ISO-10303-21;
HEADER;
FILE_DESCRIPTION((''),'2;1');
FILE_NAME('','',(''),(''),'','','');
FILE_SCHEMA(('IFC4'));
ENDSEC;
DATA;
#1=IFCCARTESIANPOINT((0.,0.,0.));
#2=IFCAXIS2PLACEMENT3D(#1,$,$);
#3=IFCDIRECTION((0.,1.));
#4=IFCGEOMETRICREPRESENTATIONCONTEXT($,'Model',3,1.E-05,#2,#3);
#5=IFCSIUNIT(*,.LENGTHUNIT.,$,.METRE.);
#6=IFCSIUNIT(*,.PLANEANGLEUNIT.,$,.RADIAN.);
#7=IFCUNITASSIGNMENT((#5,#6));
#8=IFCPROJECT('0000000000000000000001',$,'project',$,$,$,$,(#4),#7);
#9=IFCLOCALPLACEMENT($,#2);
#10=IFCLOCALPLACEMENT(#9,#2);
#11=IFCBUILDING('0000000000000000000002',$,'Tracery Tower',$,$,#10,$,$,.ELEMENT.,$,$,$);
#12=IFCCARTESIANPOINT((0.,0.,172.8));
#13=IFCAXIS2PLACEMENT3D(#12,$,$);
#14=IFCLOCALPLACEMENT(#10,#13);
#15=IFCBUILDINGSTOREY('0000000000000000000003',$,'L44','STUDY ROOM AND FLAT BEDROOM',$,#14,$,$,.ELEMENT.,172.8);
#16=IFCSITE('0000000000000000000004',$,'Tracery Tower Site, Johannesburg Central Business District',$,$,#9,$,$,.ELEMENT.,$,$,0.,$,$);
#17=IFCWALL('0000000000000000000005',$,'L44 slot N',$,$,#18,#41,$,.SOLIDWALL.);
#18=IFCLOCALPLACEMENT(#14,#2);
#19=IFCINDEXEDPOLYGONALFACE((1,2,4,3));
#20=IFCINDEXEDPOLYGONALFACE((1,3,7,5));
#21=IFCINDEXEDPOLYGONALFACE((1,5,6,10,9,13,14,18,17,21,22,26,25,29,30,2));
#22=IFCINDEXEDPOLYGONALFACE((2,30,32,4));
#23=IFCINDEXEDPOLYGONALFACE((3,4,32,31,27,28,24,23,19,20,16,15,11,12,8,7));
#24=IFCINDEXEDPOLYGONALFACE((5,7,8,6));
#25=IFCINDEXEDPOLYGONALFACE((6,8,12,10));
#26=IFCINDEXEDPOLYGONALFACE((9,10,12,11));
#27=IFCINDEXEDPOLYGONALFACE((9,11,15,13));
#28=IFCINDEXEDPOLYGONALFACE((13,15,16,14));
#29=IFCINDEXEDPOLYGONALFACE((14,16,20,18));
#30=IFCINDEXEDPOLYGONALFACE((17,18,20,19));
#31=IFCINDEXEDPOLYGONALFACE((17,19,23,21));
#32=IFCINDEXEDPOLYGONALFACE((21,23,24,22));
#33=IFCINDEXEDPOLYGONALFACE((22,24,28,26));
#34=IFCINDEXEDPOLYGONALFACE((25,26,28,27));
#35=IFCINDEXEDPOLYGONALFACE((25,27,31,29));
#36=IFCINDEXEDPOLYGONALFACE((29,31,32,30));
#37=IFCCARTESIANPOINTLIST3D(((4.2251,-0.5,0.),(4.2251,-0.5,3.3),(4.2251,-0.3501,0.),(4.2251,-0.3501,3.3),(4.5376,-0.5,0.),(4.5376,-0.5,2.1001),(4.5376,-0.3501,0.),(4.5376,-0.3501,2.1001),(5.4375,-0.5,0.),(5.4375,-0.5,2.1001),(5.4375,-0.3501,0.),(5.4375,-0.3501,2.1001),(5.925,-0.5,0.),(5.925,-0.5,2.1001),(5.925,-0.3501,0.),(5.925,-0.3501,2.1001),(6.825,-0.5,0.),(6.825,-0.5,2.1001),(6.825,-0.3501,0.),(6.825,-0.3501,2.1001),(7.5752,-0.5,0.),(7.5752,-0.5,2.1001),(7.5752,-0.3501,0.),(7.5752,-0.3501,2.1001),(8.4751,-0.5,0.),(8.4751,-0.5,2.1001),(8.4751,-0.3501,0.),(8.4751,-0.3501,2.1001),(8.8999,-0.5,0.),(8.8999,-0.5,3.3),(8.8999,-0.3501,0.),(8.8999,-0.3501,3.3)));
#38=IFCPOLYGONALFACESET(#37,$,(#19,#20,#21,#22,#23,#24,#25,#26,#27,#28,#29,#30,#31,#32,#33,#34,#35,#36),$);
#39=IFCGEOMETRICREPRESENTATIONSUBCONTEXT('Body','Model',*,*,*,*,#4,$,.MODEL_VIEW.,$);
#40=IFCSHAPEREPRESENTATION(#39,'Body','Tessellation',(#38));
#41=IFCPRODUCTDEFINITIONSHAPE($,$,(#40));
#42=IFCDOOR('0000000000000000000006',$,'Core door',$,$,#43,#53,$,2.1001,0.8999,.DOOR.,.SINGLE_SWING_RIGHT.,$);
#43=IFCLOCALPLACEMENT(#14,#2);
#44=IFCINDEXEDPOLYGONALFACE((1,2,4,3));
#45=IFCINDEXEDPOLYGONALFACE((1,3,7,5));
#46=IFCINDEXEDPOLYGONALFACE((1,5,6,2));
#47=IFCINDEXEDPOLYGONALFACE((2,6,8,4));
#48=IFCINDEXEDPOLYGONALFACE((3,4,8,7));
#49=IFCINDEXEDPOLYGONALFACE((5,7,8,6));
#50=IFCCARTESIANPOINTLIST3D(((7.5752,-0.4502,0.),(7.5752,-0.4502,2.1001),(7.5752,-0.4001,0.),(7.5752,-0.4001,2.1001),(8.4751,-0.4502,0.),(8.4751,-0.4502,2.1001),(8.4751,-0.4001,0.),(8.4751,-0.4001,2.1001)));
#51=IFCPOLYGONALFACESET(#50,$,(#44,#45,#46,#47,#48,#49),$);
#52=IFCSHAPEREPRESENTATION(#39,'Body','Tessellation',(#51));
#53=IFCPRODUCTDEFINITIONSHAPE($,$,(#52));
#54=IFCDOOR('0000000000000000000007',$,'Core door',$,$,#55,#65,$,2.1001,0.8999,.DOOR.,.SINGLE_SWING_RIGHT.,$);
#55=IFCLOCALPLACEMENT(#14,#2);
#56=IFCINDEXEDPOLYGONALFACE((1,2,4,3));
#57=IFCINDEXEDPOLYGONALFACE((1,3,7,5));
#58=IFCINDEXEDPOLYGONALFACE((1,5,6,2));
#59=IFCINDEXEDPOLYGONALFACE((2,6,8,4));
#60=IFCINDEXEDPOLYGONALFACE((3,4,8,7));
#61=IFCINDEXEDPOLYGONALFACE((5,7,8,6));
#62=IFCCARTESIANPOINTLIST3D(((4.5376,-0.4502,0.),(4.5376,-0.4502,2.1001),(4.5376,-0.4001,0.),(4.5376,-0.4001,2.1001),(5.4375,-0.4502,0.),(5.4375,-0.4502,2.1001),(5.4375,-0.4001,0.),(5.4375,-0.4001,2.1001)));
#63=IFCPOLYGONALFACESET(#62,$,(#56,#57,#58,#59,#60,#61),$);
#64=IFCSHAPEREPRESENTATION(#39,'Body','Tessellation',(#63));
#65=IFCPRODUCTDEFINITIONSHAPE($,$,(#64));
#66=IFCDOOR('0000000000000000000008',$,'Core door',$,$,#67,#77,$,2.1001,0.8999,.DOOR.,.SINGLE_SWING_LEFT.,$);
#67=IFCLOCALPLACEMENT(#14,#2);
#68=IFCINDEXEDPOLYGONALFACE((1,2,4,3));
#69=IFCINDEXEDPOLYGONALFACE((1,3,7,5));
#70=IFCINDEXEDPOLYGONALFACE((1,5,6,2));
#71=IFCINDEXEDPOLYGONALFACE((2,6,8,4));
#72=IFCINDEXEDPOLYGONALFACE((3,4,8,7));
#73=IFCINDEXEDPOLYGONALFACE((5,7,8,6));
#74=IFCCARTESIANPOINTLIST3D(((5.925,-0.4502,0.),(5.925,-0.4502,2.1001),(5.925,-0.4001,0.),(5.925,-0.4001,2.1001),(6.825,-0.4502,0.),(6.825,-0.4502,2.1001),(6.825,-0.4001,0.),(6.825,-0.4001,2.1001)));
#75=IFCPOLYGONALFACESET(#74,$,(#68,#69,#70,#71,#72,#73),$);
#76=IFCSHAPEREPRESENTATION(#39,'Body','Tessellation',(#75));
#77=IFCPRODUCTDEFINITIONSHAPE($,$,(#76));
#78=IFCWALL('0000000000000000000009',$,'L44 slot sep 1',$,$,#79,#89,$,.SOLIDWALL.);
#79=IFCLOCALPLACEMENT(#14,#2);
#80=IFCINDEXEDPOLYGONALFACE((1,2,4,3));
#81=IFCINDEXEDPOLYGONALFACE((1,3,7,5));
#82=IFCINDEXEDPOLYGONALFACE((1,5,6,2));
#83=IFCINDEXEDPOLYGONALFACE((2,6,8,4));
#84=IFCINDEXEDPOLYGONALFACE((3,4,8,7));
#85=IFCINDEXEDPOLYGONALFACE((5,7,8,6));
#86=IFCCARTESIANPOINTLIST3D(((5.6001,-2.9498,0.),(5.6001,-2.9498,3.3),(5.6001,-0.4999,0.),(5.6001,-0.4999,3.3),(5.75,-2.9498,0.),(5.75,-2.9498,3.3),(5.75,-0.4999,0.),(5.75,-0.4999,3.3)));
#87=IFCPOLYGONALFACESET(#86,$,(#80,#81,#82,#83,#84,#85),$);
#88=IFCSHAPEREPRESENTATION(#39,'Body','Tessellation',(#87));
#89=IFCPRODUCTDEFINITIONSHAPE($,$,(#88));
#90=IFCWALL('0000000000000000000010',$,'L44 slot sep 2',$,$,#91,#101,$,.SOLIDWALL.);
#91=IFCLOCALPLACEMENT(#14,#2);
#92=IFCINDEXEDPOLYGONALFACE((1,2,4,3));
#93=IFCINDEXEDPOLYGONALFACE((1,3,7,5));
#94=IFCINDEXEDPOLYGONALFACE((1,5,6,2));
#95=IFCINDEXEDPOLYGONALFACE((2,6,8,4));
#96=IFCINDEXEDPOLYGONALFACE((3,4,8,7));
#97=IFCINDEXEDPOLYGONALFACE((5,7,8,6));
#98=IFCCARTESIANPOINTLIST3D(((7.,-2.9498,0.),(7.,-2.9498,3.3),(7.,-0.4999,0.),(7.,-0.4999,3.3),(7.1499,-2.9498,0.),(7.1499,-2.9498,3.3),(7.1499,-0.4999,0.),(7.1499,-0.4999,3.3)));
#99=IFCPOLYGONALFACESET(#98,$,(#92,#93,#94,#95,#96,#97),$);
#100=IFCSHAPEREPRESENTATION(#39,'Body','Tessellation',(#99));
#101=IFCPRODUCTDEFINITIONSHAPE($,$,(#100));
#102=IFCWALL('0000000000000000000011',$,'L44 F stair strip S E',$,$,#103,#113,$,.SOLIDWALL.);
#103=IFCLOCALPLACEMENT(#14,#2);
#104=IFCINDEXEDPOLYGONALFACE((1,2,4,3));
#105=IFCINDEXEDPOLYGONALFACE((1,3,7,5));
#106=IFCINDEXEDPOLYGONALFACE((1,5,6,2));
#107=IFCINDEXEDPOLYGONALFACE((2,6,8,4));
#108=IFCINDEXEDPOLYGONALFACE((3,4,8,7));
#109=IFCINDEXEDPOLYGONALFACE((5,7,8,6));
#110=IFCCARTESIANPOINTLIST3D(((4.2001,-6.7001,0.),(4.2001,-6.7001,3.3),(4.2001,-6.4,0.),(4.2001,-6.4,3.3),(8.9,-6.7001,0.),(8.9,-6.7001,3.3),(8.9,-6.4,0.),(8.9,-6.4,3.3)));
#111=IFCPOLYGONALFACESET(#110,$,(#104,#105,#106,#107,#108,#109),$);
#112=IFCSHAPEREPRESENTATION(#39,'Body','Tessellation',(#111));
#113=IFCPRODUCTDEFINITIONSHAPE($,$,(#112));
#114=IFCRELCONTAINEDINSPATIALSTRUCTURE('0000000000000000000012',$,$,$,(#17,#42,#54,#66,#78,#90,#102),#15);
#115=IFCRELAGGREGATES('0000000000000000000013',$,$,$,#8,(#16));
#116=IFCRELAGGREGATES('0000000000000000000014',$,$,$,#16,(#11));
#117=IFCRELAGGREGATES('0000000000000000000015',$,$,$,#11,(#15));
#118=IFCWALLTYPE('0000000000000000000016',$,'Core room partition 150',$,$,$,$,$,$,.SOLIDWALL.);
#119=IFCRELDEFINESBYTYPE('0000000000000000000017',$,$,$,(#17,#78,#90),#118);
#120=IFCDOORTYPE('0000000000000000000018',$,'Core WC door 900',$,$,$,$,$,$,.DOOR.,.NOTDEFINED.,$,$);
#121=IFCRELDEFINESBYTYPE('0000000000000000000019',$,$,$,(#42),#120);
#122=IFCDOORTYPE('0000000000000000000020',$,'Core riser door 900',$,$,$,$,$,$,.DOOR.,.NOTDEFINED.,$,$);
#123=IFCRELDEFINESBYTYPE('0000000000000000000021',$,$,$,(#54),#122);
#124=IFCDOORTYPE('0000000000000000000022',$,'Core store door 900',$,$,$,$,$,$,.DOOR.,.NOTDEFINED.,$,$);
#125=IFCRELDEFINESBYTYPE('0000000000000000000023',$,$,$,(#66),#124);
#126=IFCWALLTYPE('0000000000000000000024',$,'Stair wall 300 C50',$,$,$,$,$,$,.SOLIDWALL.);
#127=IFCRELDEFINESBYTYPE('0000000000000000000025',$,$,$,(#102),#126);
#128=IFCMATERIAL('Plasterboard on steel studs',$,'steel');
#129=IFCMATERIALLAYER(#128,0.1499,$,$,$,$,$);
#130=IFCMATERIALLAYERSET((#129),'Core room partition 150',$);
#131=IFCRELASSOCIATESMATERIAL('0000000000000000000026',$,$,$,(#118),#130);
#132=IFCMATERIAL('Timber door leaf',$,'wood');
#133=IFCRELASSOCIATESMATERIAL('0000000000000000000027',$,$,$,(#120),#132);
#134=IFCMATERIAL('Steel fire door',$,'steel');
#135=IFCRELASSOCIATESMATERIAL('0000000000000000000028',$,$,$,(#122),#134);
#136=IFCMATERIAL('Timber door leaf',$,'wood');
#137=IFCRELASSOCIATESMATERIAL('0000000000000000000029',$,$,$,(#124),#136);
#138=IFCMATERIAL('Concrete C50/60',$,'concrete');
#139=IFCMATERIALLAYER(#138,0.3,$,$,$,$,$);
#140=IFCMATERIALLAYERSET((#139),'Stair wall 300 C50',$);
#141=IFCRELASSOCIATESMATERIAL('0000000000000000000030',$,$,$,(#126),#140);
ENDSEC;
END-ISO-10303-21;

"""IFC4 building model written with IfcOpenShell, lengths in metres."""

from ifc_helpers import new_model, si_unit, direction, frame, frame_2d, origin, place, context, subcontext, project, spatial, rectangle, extrude, material, layer, layer_set, type_object, element, fill, save


model = new_model("IFC4")

# Units and contexts
model_context = context("Model", 3, precision=1e-05, world=origin(), true_north=direction((0.0, 1.0)))
body_context = subcontext(model_context, "Body", "Model", "MODEL_VIEW")
ifc_project = project(units=[si_unit("LENGTHUNIT", "METRE"), si_unit("PLANEANGLEUNIT", "RADIAN")], contexts=[model_context])

# Site, building, storey
site_placement = place(None, origin())
site = spatial("IfcSite", under=ifc_project, at=site_placement, Name="Tracery Tower Site, Johannesburg Central Business District", CompositionType="ELEMENT", RefElevation=0.0)
building_placement = place(site_placement, origin())
building = spatial("IfcBuilding", under=site, at=building_placement, Name="Tracery Tower", CompositionType="ELEMENT")
storey_placement = place(building_placement, frame((0.0, 0.0, 172.8)))
storey = spatial("IfcBuildingStorey", under=building, at=storey_placement, Name="L44", Description="STUDY ROOM AND FLAT BEDROOM", CompositionType="ELEMENT", Elevation=172.8)

# Shared definitions
ifc_material_1 = material(Name="Plasterboard on steel studs", Category="steel")
ifc_layer_1 = layer(ifc_material_1, 0.1499)
ifc_layer_set_1 = layer_set([ifc_layer_1], Name="Core room partition 150")
wall_type_1 = type_object("IfcWallType", Name="Core room partition 150", PredefinedType="SOLIDWALL", material=ifc_layer_set_1)

# Wall, openings, doors
wall_1_placement = place(storey_placement, frame((4.2251, -0.425, 0.0), z_axis=(0.0, 0.0, 1.0), x_axis=(1.0, 0.0, 0.0)))
wall_1 = element("IfcWall", 1, at=wall_1_placement, inside=storey, type_object=wall_type_1, Name="L44 slot N", PredefinedType="SOLIDWALL", context=body_context, shape_type="SweptSolid", body=[
    extrude(rectangle(XDim=4.6748, YDim=0.1499, at=frame_2d((2.3374, 0.0))), origin(), (0.0, 0.0, 1.0), 3.3),
])
opening_1_placement = place(wall_1_placement, frame((0.3125, 0.0, 0.0)))
opening_1 = element("IfcOpeningElement", 2, at=opening_1_placement, cuts=wall_1, PredefinedType="OPENING", context=body_context, shape_type="SweptSolid", body=[
    extrude(rectangle(XDim=0.8999, YDim=2.1001, at=frame_2d((0.45, 1.05))), frame((0.0, 0.075, 0.0), z_axis=(0.0, -1.0, 0.0), x_axis=(1.0, 0.0, 0.0)), (0.0, 0.0, 1.0), 0.1499),
])
opening_2_placement = place(wall_1_placement, frame((1.7, 0.0, 0.0)))
opening_2 = element("IfcOpeningElement", 3, at=opening_2_placement, cuts=wall_1, PredefinedType="OPENING", context=body_context, shape_type="SweptSolid", body=[
    extrude(rectangle(XDim=0.8999, YDim=2.1001, at=frame_2d((0.45, 1.05))), frame((0.0, 0.075, 0.0), z_axis=(0.0, -1.0, 0.0), x_axis=(1.0, 0.0, 0.0)), (0.0, 0.0, 1.0), 0.1499),
])
opening_3_placement = place(wall_1_placement, frame((3.3501, 0.0, 0.0)))
opening_3 = element("IfcOpeningElement", 4, at=opening_3_placement, cuts=wall_1, PredefinedType="OPENING", context=body_context, shape_type="SweptSolid", body=[
    extrude(rectangle(XDim=0.8999, YDim=2.1001, at=frame_2d((0.45, 1.05))), frame((0.0, 0.075, 0.0), z_axis=(0.0, -1.0, 0.0), x_axis=(1.0, 0.0, 0.0)), (0.0, 0.0, 1.0), 0.1499),
])
ifc_material_2 = material(Name="Timber door leaf", Category="wood")
door_type_1 = type_object("IfcDoorType", Name="Core WC door 900", OperationType="NOTDEFINED", PredefinedType="DOOR", material=ifc_material_2)
door_1_placement = place(opening_3_placement, origin())
door_1 = element("IfcDoor", 5, at=door_1_placement, inside=storey, type_object=door_type_1, Name="Core door", OperationType="SINGLE_SWING_RIGHT", OverallHeight=2.1001, OverallWidth=0.8999, PredefinedType="DOOR", context=body_context, shape_type="SweptSolid", body=[
    extrude(rectangle(XDim=0.8999, YDim=2.1001, at=frame_2d((0.45, 1.05))), frame((0.0, 0.0249, 0.0), z_axis=(0.0, -1.0, 0.0), x_axis=(1.0, 0.0, 0.0)), (0.0, 0.0, 1.0), 0.05),
])
fill(opening_3, door_1)
ifc_material_3 = material(Name="Steel fire door", Category="steel")
door_type_2 = type_object("IfcDoorType", Name="Core riser door 900", OperationType="NOTDEFINED", PredefinedType="DOOR", material=ifc_material_3)
door_2_placement = place(opening_1_placement, origin())
door_2 = element("IfcDoor", 6, at=door_2_placement, inside=storey, type_object=door_type_2, Name="Core door", OperationType="SINGLE_SWING_RIGHT", OverallHeight=2.1001, OverallWidth=0.8999, PredefinedType="DOOR", context=body_context, shape_type="SweptSolid", body=[
    extrude(rectangle(XDim=0.8999, YDim=2.1001, at=frame_2d((0.45, 1.05))), frame((0.0, 0.0249, 0.0), z_axis=(0.0, -1.0, 0.0), x_axis=(1.0, 0.0, 0.0)), (0.0, 0.0, 1.0), 0.05),
])
fill(opening_1, door_2)
ifc_material_4 = material(Name="Timber door leaf", Category="wood")
door_type_3 = type_object("IfcDoorType", Name="Core store door 900", OperationType="NOTDEFINED", PredefinedType="DOOR", material=ifc_material_4)
door_3_placement = place(opening_2_placement, origin())
door_3 = element("IfcDoor", 7, at=door_3_placement, inside=storey, type_object=door_type_3, Name="Core door", OperationType="SINGLE_SWING_LEFT", OverallHeight=2.1001, OverallWidth=0.8999, PredefinedType="DOOR", context=body_context, shape_type="SweptSolid", body=[
    extrude(rectangle(XDim=0.8999, YDim=2.1001, at=frame_2d((0.45, 1.05))), frame((0.0, 0.0249, 0.0), z_axis=(0.0, -1.0, 0.0), x_axis=(1.0, 0.0, 0.0)), (0.0, 0.0, 1.0), 0.05),
])
fill(opening_2, door_3)

# Walls
for number, where, z_axis, x_axis, name in (
    (8, (5.675, -2.95, 0.0), (0.0, 0.0, 1.0), (0.0, 1.0, 0.0), "L44 slot sep 1"),
    (9, (7.075, -2.95, 0.0), (0.0, 0.0, 1.0), (0.0, 1.0, 0.0), "L44 slot sep 2"),
):
    element("IfcWall", number, at=place(storey_placement, frame(where, z_axis=z_axis, x_axis=x_axis)), inside=storey, type_object=wall_type_1, Name=name, PredefinedType="SOLIDWALL", context=body_context, shape_type="SweptSolid", body=[
        extrude(rectangle(XDim=2.45, YDim=0.1499, at=frame_2d((1.2251, 0.0))), origin(), (0.0, 0.0, 1.0), 3.3),
    ])

# Shared definitions
ifc_material_5 = material(Name="Concrete C50/60", Category="concrete")
ifc_layer_2 = layer(ifc_material_5, 0.3)
ifc_layer_set_2 = layer_set([ifc_layer_2], Name="Stair wall 300 C50")
wall_type_2 = type_object("IfcWallType", Name="Stair wall 300 C50", PredefinedType="SOLIDWALL", material=ifc_layer_set_2)

# Wall
wall_2_placement = place(storey_placement, frame((4.2, -6.55, 0.0), z_axis=(0.0, 0.0, 1.0), x_axis=(1.0, 0.0, 0.0)))
element("IfcWall", 10, at=wall_2_placement, inside=storey, type_object=wall_type_2, Name="L44 F stair strip S E", PredefinedType="SOLIDWALL", context=body_context, shape_type="SweptSolid", body=[
    extrude(rectangle(XDim=4.7, YDim=0.3, at=frame_2d((2.3501, 0.0))), origin(), (0.0, 0.0, 1.0), 3.3),
])

save(model, "model.ifc")
